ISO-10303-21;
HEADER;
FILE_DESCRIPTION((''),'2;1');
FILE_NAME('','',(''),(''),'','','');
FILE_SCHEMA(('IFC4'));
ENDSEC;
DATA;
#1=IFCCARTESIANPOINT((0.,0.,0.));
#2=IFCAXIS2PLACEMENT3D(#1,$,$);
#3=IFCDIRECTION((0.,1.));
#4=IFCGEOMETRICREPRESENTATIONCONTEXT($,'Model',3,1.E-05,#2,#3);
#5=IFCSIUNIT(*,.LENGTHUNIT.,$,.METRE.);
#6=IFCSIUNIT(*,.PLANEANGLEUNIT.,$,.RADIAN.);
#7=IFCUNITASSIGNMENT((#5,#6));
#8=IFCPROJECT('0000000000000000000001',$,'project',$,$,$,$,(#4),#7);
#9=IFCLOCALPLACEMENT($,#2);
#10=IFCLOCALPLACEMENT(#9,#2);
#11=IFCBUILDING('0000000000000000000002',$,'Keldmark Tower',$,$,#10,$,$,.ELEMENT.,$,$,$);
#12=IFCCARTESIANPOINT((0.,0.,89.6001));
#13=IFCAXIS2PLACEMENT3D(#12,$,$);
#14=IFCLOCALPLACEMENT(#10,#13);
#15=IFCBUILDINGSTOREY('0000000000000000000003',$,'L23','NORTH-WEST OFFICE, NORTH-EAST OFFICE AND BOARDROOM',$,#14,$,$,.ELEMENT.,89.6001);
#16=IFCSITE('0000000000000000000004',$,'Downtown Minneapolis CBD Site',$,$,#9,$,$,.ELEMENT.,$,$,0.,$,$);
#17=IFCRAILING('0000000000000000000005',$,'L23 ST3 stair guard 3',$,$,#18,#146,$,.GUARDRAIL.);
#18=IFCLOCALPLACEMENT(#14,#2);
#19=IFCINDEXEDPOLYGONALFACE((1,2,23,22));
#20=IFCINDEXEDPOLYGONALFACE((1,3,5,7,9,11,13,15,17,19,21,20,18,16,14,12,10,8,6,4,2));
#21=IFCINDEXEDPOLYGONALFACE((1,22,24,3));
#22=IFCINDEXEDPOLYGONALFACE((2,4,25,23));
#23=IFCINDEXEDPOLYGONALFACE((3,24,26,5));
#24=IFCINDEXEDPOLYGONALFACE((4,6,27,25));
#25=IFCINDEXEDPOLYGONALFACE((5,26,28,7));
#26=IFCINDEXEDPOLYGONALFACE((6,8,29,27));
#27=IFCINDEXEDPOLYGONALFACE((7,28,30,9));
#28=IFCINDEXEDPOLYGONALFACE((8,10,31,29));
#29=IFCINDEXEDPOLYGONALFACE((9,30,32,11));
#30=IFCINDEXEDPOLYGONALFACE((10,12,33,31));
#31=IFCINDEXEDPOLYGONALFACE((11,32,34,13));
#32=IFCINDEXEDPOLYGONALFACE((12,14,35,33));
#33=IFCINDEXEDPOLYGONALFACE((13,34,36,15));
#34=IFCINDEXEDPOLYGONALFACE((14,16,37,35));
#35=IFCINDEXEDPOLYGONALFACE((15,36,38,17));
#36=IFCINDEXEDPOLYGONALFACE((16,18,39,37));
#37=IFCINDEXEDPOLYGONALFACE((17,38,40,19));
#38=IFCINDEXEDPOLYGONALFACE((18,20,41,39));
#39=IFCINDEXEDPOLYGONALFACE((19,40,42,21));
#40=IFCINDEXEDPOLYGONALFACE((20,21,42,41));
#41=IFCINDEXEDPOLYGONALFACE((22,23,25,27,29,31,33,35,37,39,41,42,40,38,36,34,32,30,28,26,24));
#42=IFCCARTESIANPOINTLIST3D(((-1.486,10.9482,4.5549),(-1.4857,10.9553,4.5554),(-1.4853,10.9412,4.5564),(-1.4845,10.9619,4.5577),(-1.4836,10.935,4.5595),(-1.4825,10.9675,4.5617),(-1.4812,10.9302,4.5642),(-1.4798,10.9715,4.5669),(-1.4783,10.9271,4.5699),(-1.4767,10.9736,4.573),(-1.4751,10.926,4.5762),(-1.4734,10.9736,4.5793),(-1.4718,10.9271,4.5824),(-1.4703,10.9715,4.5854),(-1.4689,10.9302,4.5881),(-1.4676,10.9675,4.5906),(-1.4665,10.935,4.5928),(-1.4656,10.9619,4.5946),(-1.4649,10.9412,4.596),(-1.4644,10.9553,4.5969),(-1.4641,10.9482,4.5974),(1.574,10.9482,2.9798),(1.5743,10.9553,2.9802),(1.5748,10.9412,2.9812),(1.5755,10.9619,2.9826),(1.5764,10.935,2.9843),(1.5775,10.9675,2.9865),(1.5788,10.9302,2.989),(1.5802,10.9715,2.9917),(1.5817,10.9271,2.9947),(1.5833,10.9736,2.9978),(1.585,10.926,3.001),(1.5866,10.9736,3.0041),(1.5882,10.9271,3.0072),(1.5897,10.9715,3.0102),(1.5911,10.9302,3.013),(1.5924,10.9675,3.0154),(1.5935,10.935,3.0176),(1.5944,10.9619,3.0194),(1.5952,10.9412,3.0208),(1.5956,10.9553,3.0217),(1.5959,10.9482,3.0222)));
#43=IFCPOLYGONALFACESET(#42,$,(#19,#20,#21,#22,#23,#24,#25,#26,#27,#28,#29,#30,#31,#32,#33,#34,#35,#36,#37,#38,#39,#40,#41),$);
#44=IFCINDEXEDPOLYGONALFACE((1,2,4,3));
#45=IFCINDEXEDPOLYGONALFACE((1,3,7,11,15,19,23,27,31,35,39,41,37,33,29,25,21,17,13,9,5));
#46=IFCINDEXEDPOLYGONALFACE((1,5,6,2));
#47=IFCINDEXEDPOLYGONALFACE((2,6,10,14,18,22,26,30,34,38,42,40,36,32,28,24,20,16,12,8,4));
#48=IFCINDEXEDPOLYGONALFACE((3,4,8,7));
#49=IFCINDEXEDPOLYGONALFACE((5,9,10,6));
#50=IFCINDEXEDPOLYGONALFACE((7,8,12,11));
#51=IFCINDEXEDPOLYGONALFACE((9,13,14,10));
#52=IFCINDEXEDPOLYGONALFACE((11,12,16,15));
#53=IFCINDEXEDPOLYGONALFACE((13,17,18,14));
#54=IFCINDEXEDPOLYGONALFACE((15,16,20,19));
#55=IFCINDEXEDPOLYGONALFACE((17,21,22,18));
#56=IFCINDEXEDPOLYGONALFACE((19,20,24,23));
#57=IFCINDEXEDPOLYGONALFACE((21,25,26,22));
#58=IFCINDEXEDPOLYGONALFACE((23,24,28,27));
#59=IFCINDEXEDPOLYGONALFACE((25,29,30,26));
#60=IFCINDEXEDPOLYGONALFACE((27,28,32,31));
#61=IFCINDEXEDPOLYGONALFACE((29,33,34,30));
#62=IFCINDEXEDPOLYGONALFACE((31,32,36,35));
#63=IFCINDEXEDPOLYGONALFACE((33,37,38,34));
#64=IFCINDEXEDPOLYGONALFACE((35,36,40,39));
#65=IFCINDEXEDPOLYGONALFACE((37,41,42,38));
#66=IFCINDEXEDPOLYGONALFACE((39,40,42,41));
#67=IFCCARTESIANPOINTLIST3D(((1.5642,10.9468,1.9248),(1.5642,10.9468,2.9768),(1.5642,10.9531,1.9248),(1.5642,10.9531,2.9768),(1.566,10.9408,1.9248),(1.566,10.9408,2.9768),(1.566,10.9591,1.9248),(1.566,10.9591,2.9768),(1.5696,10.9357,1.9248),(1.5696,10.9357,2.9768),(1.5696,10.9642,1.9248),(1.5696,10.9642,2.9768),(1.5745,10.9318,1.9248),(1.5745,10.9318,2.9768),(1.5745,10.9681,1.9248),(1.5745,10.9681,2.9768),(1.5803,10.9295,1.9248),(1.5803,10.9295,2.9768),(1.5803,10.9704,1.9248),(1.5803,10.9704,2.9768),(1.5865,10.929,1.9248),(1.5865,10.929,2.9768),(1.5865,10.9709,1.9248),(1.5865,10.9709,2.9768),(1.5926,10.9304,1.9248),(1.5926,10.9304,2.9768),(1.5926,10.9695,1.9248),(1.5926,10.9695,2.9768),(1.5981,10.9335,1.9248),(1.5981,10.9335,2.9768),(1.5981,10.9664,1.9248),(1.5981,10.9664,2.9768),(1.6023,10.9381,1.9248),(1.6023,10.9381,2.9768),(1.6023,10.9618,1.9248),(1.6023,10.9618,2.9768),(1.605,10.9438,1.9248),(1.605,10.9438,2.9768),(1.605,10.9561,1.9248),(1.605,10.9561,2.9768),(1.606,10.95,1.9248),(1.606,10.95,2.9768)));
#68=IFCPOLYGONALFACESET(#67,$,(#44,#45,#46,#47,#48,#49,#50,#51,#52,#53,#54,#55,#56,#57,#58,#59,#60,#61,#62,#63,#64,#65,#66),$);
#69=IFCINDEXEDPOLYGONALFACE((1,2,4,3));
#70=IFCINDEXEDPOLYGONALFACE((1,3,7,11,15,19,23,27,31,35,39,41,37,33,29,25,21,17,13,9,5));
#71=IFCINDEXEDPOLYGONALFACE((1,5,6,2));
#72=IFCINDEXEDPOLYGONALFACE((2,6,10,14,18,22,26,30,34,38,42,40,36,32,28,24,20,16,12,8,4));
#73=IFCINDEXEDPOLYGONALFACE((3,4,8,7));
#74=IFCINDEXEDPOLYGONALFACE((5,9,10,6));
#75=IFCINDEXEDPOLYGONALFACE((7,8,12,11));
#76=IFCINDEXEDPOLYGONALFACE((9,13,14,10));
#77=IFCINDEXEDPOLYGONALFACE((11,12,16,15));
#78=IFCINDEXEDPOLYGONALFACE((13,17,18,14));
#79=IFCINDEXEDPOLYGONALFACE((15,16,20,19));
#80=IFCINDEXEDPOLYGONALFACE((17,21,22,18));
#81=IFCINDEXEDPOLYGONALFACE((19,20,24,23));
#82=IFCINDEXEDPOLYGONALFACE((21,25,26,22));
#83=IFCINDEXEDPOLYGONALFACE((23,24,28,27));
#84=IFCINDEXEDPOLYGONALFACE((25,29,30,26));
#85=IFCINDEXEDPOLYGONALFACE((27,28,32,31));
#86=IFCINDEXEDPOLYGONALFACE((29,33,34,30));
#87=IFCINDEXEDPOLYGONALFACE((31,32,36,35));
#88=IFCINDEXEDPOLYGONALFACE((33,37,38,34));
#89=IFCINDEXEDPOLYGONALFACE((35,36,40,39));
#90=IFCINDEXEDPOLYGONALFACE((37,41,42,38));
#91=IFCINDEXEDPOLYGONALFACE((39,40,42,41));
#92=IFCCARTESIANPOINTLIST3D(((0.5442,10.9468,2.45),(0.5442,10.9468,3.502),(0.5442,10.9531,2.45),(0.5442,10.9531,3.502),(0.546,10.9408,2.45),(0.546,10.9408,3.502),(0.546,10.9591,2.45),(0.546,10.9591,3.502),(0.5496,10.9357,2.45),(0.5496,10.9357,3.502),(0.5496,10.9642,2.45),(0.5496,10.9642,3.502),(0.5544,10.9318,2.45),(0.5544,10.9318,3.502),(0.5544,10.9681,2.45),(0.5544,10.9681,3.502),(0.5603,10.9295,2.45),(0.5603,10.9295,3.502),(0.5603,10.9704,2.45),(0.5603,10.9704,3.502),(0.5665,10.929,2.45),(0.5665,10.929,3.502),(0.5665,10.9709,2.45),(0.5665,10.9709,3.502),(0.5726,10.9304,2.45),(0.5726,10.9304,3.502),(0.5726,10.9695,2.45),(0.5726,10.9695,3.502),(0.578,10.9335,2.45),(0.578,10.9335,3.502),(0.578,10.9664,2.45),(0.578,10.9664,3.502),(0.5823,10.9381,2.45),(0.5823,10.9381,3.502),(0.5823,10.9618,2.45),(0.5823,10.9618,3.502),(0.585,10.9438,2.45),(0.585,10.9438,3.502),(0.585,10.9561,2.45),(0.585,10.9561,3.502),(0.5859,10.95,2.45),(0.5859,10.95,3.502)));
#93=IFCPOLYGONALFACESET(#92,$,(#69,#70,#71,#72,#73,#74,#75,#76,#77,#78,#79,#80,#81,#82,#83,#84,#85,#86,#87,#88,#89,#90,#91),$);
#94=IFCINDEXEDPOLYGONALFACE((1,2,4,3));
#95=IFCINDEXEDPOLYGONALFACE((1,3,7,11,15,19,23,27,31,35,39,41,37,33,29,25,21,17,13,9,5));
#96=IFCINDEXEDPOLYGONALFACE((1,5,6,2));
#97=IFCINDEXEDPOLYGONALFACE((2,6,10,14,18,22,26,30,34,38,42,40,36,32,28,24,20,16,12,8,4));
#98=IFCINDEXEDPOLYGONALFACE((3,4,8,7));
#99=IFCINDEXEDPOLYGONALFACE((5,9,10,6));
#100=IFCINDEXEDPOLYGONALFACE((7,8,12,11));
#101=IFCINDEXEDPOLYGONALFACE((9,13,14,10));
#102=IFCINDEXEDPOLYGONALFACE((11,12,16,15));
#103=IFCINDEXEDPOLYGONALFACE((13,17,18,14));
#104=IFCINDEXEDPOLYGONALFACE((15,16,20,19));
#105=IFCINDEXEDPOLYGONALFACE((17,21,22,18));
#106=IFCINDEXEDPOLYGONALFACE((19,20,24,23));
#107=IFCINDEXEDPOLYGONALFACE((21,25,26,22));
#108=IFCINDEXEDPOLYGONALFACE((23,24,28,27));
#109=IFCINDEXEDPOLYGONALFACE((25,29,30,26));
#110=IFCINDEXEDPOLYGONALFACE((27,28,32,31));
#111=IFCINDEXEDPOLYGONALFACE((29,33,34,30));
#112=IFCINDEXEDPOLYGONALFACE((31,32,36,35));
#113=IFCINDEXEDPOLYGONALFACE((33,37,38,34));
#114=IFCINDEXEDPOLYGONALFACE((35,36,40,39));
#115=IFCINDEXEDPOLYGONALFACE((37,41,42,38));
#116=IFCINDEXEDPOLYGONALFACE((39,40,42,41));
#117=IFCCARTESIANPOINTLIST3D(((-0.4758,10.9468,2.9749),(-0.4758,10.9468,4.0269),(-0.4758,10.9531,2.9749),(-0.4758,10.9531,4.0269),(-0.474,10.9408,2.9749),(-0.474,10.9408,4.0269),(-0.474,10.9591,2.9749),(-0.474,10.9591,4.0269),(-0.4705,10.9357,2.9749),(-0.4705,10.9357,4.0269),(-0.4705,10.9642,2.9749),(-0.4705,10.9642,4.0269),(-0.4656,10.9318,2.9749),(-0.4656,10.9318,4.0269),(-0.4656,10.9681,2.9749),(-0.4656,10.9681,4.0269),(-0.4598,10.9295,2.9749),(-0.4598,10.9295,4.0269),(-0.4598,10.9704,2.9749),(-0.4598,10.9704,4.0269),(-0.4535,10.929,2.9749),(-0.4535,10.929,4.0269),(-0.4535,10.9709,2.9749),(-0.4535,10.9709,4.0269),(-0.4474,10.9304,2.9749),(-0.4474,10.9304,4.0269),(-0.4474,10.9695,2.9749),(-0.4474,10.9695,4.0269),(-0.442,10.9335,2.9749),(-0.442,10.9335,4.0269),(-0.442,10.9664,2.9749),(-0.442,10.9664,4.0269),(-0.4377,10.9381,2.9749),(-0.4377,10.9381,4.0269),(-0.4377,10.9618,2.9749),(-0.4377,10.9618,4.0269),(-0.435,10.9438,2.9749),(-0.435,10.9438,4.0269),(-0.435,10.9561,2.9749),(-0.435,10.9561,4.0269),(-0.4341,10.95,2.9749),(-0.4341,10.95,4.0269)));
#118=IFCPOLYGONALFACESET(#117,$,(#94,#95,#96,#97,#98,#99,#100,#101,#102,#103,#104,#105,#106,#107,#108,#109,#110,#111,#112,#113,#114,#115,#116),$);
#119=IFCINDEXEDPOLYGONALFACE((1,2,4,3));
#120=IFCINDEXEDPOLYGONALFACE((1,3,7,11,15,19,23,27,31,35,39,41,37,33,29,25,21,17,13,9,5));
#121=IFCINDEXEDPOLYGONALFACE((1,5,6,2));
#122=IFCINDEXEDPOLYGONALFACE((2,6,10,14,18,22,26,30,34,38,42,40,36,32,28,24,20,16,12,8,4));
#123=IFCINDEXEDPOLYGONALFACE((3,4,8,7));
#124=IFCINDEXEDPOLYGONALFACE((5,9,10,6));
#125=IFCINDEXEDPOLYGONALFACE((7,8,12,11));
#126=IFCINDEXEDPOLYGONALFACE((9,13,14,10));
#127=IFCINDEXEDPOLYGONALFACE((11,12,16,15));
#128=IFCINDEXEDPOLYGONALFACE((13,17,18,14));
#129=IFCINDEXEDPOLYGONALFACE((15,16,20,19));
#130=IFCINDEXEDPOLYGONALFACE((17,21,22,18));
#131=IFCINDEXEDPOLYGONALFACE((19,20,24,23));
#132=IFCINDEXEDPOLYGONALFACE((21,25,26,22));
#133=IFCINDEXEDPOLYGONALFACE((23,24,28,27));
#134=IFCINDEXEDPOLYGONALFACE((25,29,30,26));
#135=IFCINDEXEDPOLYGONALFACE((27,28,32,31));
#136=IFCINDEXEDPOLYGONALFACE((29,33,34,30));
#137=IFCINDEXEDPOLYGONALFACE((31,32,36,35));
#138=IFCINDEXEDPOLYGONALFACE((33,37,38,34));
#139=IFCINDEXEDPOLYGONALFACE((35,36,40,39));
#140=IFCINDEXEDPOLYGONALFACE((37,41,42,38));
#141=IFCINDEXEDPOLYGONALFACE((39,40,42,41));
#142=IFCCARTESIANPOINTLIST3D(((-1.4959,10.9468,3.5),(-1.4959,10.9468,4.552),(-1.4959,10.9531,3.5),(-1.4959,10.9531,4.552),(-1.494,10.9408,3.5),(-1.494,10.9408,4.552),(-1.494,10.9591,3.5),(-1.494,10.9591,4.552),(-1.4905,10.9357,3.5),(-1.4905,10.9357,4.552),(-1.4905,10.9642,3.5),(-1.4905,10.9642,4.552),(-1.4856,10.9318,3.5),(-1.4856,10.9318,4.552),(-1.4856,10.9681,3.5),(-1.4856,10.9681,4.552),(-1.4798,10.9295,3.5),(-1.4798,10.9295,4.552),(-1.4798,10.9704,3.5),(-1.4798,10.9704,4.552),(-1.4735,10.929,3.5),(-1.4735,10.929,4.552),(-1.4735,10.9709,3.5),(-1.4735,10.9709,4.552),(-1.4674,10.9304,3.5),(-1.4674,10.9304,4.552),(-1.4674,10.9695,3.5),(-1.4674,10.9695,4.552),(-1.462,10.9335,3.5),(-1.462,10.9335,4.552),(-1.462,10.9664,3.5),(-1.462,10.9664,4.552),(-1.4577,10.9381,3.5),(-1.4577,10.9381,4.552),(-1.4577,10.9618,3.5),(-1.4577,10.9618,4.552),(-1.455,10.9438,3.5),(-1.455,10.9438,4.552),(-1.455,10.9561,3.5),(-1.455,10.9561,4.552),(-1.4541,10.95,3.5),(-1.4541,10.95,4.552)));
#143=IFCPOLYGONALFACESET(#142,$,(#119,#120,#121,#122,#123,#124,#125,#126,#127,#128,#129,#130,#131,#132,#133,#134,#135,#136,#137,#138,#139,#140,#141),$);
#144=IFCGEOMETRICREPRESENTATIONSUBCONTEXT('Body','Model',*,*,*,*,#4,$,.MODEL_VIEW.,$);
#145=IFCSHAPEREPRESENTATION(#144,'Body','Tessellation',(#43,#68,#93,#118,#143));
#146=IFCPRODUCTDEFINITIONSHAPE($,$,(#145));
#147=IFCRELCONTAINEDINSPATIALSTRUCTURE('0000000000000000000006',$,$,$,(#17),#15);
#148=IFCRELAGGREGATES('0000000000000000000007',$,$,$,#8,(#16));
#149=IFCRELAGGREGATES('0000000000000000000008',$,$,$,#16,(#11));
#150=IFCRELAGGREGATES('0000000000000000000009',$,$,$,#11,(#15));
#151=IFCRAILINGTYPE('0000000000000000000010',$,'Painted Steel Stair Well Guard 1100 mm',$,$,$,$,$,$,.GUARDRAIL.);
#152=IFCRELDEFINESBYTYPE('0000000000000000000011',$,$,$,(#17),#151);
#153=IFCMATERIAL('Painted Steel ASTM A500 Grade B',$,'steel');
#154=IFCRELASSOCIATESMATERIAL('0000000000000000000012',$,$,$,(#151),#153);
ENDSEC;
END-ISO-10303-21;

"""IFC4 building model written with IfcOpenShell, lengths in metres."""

from ifc_helpers import new_model, si_unit, direction, frame, origin, origin_2d, place, context, subcontext, project, spatial, circle, extrude, material, type_object, element, save


model = new_model("IFC4")

# Units and contexts
model_context = context("Model", 3, precision=1e-05, world=origin(), true_north=direction((0.0, 1.0)))
body_context = subcontext(model_context, "Body", "Model", "MODEL_VIEW")
ifc_project = project(units=[si_unit("LENGTHUNIT", "METRE"), si_unit("PLANEANGLEUNIT", "RADIAN")], contexts=[model_context])

# Site, building, storey
site_placement = place(None, origin())
site = spatial("IfcSite", under=ifc_project, at=site_placement, Name="Downtown Minneapolis CBD Site", CompositionType="ELEMENT", RefElevation=0.0)
building_placement = place(site_placement, origin())
building = spatial("IfcBuilding", under=site, at=building_placement, Name="Keldmark Tower", CompositionType="ELEMENT")
storey_placement = place(building_placement, frame((0.0, 0.0, 89.6001)))
storey = spatial("IfcBuildingStorey", under=building, at=storey_placement, Name="L23", Description="NORTH-WEST OFFICE, NORTH-EAST OFFICE AND BOARDROOM", CompositionType="ELEMENT", Elevation=89.6001)

# Railing
ifc_material_1 = material(Name="Painted Steel ASTM A500 Grade B", Category="steel")
railing_type_1 = type_object("IfcRailingType", Name="Painted Steel Stair Well Guard 1100 mm", PredefinedType="GUARDRAIL", material=ifc_material_1)
railing_1_placement = place(storey_placement, frame((1.585, 10.95, 1.9248)))
element("IfcRailing", 1, at=railing_1_placement, inside=storey, type_object=railing_type_1, Name="L23 ST3 stair guard 3", PredefinedType="GUARDRAIL", context=body_context, shape_type="SweptSolid", body=[
    extrude(circle(Radius=0.0239, at=origin_2d()), frame((0.0, 0.0, 1.0762), z_axis=(-0.889116, 0.0, 0.457681), x_axis=(0.0, -1.0, 0.0)), (0.0, 0.0, 1.0), 3.4417),
    extrude(circle(Radius=0.021, at=origin_2d()), origin(), (0.0, 0.0, 1.0), 1.052),
    extrude(circle(Radius=0.021, at=origin_2d()), frame((-1.02, 0.0, 0.5251)), (0.0, 0.0, 1.0), 1.052),
    extrude(circle(Radius=0.021, at=origin_2d()), frame((-2.04, 0.0, 1.05)), (0.0, 0.0, 1.0), 1.052),
    extrude(circle(Radius=0.021, at=origin_2d()), frame((-3.0601, 0.0, 1.5752)), (0.0, 0.0, 1.0), 1.052),
])

save(model, "model.ifc")
